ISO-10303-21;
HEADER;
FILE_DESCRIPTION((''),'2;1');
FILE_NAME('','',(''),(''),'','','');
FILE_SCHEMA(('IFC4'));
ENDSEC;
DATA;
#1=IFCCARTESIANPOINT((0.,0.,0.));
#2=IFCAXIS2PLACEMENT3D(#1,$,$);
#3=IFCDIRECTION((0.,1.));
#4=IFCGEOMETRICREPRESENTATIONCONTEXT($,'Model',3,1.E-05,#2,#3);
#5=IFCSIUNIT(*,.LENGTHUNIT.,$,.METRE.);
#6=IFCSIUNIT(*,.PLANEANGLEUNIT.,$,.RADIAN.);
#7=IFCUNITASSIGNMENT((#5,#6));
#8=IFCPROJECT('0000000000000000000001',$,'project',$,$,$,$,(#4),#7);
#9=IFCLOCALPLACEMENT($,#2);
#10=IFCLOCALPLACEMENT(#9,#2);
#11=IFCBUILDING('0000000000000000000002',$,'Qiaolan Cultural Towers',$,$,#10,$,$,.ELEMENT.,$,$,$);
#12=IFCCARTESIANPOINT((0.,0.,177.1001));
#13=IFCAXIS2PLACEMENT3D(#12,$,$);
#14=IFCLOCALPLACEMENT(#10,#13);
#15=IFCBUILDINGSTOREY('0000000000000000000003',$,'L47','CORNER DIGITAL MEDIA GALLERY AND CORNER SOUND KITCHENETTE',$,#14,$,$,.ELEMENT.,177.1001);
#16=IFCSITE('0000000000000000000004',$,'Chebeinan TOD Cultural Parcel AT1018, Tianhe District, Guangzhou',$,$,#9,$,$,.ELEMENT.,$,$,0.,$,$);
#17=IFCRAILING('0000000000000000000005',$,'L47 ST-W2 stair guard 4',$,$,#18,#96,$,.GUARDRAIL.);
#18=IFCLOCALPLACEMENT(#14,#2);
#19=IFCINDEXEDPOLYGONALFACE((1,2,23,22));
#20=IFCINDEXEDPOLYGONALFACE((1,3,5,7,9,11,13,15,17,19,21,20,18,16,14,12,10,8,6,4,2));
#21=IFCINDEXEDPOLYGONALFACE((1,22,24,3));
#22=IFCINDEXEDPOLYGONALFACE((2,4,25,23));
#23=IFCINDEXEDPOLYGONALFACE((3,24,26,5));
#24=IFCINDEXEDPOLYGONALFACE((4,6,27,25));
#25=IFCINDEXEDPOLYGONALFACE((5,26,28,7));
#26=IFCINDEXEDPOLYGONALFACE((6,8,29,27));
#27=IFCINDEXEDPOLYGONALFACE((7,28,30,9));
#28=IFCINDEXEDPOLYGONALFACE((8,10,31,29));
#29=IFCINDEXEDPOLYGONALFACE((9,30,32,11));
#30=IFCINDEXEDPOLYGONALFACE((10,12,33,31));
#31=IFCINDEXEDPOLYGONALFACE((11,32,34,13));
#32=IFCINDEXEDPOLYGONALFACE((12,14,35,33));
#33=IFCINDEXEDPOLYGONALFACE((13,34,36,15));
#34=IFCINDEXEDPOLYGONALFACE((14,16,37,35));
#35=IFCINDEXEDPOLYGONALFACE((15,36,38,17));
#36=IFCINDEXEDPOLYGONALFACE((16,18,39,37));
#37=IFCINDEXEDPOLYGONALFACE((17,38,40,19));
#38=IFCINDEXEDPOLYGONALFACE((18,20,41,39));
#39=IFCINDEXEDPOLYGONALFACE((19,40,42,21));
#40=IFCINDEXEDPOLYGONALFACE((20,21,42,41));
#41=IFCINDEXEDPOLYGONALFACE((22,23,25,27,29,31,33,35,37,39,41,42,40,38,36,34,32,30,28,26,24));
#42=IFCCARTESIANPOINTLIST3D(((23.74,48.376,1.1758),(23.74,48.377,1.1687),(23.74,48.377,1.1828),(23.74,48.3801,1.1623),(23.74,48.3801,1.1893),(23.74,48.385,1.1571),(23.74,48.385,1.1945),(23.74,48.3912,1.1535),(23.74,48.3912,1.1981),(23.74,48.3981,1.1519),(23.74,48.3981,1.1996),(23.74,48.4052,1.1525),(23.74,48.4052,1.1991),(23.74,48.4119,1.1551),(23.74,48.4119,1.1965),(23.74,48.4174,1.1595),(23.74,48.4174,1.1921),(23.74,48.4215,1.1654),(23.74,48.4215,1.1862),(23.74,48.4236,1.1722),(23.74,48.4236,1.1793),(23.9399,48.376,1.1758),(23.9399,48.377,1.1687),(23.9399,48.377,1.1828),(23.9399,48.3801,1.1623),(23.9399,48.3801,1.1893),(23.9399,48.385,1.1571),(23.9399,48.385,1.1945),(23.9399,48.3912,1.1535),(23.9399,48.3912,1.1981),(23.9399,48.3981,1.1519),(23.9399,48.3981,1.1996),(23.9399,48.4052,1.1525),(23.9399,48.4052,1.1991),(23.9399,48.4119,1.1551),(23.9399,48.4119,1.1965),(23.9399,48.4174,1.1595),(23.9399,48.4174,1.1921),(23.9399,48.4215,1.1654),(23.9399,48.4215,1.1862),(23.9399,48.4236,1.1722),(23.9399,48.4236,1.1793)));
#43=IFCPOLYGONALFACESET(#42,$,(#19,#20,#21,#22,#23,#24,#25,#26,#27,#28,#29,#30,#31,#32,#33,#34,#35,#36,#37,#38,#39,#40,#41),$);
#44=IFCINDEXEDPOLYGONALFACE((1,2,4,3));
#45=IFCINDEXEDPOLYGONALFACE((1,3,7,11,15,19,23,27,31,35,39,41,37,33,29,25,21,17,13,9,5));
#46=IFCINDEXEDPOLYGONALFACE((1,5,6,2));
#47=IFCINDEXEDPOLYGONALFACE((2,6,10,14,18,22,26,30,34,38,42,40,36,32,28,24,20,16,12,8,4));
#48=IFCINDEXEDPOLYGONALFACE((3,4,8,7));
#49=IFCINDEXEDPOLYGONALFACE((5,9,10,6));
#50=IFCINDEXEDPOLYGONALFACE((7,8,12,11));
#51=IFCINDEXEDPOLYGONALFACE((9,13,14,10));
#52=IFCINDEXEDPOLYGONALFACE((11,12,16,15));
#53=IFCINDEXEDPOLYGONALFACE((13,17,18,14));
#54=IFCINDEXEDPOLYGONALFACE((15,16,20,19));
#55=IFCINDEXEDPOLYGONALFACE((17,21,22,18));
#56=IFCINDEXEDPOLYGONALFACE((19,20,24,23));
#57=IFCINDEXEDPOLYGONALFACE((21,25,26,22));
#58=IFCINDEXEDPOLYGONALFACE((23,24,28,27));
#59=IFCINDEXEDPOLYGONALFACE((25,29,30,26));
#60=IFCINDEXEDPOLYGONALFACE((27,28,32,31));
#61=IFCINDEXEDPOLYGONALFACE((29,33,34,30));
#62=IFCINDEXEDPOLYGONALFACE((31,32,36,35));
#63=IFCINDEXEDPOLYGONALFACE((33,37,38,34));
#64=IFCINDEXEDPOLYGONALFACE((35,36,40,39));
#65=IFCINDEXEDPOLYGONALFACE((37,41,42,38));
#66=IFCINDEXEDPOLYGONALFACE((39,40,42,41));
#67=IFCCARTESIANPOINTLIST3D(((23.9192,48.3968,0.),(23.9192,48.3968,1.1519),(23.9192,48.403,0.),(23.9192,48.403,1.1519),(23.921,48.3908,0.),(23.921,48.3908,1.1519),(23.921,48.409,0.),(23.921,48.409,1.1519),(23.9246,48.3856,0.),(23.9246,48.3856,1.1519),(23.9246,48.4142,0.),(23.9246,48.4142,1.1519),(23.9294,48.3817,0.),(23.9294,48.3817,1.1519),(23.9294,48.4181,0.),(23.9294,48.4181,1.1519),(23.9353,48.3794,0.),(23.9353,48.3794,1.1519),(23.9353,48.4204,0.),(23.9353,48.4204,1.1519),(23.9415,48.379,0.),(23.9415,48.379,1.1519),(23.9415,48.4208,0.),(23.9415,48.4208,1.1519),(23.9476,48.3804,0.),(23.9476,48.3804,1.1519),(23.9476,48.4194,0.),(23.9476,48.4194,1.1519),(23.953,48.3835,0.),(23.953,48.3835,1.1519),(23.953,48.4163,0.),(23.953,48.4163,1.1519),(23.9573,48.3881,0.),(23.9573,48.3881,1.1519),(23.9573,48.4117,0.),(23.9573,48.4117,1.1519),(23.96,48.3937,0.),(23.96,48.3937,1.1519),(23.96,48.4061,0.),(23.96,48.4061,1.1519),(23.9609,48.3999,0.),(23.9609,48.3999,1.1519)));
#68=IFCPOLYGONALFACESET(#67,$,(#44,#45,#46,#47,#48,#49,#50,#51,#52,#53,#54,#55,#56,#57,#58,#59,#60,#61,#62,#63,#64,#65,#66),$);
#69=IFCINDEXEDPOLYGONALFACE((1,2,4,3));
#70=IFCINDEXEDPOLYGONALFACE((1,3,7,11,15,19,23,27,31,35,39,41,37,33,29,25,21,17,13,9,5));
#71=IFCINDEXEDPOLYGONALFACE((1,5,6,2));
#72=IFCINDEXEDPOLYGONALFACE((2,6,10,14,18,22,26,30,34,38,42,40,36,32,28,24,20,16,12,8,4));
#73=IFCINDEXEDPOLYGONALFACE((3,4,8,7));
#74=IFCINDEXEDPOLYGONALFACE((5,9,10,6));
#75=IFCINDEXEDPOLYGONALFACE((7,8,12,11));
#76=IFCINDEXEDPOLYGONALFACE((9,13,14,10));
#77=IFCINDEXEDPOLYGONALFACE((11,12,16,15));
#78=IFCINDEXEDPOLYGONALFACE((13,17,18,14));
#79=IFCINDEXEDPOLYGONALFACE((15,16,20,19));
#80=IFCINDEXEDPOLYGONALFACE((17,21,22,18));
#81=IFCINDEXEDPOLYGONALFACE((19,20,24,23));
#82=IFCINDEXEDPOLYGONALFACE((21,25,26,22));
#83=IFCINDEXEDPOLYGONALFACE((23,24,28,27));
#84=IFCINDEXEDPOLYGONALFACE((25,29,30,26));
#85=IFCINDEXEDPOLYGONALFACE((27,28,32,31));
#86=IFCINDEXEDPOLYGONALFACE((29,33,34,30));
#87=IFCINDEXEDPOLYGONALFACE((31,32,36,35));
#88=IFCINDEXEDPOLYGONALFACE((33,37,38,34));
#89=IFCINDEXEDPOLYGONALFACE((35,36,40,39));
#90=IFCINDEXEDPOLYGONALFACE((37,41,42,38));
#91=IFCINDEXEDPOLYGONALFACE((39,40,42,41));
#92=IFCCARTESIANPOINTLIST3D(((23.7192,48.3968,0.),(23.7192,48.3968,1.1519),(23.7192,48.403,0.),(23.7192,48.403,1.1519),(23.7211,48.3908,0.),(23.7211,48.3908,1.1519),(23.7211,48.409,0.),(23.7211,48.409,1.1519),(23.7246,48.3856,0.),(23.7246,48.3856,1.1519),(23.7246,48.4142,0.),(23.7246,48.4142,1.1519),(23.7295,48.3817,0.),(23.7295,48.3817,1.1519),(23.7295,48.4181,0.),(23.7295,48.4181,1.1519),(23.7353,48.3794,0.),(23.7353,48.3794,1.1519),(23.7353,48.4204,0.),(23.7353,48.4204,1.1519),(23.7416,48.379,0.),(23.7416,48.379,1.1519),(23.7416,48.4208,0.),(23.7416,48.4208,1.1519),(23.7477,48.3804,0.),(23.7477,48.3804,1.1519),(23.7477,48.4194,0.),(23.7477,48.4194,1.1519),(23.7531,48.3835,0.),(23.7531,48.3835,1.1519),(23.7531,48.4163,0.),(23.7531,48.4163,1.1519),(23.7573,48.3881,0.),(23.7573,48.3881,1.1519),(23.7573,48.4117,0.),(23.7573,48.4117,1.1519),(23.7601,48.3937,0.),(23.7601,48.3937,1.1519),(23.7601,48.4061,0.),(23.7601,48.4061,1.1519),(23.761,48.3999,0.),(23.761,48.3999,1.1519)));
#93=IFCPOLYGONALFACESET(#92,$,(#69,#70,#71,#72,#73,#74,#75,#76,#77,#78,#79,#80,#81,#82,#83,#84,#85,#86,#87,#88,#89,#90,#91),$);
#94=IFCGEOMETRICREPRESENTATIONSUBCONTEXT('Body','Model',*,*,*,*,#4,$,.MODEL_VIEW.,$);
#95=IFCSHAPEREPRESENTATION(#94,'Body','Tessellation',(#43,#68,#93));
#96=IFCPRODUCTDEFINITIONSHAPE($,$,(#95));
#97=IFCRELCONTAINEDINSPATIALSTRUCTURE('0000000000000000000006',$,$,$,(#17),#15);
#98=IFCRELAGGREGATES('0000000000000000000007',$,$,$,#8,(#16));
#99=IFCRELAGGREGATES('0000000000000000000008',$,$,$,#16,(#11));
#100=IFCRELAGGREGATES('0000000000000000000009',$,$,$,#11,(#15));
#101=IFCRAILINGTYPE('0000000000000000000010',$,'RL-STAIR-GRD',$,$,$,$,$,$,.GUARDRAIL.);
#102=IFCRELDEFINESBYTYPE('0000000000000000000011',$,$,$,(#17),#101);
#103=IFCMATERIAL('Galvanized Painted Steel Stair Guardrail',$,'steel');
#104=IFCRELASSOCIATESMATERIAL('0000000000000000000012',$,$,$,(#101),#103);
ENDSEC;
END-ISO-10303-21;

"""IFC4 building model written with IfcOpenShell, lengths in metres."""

from ifc_helpers import new_model, si_unit, direction, frame, origin, origin_2d, place, context, subcontext, project, spatial, circle, extrude, material, type_object, element, save


model = new_model("IFC4")

# Units and contexts
model_context = context("Model", 3, precision=1e-05, world=origin(), true_north=direction((0.0, 1.0)))
body_context = subcontext(model_context, "Body", "Model", "MODEL_VIEW")
ifc_project = project(units=[si_unit("LENGTHUNIT", "METRE"), si_unit("PLANEANGLEUNIT", "RADIAN")], contexts=[model_context])

# Site, building, storey
site_placement = place(None, origin())
site = spatial("IfcSite", under=ifc_project, at=site_placement, Name="Chebeinan TOD Cultural Parcel AT1018, Tianhe District, Guangzhou", CompositionType="ELEMENT", RefElevation=0.0)
building_placement = place(site_placement, origin())
building = spatial("IfcBuilding", under=site, at=building_placement, Name="Qiaolan Cultural Towers", CompositionType="ELEMENT")
storey_placement = place(building_placement, frame((0.0, 0.0, 177.1001)))
storey = spatial("IfcBuildingStorey", under=building, at=storey_placement, Name="L47", Description="CORNER DIGITAL MEDIA GALLERY AND CORNER SOUND KITCHENETTE", CompositionType="ELEMENT", Elevation=177.1001)

# Railing
ifc_material_1 = material(Name="Galvanized Painted Steel Stair Guardrail", Category="steel")
railing_type_1 = type_object("IfcRailingType", Name="RL-STAIR-GRD", PredefinedType="GUARDRAIL", material=ifc_material_1)
railing_1_placement = place(storey_placement, frame((23.9399, 48.3999, 0.0)))
element("IfcRailing", 1, at=railing_1_placement, inside=storey, type_object=railing_type_1, Name="L47 ST-W2 stair guard 4", PredefinedType="GUARDRAIL", context=body_context, shape_type="SweptSolid", body=[
    extrude(circle(Radius=0.0239, at=origin_2d()), frame((0.0, 0.0, 1.1758), z_axis=(-1.0, 0.0, 0.0), x_axis=(0.0, -1.0, 0.0)), (0.0, 0.0, 1.0), 0.2),
    extrude(circle(Radius=0.021, at=origin_2d()), origin(), (0.0, 0.0, 1.0), 1.1519),
    extrude(circle(Radius=0.021, at=origin_2d()), frame((-0.2, 0.0, 0.0)), (0.0, 0.0, 1.0), 1.1519),
])

save(model, "model.ifc")
